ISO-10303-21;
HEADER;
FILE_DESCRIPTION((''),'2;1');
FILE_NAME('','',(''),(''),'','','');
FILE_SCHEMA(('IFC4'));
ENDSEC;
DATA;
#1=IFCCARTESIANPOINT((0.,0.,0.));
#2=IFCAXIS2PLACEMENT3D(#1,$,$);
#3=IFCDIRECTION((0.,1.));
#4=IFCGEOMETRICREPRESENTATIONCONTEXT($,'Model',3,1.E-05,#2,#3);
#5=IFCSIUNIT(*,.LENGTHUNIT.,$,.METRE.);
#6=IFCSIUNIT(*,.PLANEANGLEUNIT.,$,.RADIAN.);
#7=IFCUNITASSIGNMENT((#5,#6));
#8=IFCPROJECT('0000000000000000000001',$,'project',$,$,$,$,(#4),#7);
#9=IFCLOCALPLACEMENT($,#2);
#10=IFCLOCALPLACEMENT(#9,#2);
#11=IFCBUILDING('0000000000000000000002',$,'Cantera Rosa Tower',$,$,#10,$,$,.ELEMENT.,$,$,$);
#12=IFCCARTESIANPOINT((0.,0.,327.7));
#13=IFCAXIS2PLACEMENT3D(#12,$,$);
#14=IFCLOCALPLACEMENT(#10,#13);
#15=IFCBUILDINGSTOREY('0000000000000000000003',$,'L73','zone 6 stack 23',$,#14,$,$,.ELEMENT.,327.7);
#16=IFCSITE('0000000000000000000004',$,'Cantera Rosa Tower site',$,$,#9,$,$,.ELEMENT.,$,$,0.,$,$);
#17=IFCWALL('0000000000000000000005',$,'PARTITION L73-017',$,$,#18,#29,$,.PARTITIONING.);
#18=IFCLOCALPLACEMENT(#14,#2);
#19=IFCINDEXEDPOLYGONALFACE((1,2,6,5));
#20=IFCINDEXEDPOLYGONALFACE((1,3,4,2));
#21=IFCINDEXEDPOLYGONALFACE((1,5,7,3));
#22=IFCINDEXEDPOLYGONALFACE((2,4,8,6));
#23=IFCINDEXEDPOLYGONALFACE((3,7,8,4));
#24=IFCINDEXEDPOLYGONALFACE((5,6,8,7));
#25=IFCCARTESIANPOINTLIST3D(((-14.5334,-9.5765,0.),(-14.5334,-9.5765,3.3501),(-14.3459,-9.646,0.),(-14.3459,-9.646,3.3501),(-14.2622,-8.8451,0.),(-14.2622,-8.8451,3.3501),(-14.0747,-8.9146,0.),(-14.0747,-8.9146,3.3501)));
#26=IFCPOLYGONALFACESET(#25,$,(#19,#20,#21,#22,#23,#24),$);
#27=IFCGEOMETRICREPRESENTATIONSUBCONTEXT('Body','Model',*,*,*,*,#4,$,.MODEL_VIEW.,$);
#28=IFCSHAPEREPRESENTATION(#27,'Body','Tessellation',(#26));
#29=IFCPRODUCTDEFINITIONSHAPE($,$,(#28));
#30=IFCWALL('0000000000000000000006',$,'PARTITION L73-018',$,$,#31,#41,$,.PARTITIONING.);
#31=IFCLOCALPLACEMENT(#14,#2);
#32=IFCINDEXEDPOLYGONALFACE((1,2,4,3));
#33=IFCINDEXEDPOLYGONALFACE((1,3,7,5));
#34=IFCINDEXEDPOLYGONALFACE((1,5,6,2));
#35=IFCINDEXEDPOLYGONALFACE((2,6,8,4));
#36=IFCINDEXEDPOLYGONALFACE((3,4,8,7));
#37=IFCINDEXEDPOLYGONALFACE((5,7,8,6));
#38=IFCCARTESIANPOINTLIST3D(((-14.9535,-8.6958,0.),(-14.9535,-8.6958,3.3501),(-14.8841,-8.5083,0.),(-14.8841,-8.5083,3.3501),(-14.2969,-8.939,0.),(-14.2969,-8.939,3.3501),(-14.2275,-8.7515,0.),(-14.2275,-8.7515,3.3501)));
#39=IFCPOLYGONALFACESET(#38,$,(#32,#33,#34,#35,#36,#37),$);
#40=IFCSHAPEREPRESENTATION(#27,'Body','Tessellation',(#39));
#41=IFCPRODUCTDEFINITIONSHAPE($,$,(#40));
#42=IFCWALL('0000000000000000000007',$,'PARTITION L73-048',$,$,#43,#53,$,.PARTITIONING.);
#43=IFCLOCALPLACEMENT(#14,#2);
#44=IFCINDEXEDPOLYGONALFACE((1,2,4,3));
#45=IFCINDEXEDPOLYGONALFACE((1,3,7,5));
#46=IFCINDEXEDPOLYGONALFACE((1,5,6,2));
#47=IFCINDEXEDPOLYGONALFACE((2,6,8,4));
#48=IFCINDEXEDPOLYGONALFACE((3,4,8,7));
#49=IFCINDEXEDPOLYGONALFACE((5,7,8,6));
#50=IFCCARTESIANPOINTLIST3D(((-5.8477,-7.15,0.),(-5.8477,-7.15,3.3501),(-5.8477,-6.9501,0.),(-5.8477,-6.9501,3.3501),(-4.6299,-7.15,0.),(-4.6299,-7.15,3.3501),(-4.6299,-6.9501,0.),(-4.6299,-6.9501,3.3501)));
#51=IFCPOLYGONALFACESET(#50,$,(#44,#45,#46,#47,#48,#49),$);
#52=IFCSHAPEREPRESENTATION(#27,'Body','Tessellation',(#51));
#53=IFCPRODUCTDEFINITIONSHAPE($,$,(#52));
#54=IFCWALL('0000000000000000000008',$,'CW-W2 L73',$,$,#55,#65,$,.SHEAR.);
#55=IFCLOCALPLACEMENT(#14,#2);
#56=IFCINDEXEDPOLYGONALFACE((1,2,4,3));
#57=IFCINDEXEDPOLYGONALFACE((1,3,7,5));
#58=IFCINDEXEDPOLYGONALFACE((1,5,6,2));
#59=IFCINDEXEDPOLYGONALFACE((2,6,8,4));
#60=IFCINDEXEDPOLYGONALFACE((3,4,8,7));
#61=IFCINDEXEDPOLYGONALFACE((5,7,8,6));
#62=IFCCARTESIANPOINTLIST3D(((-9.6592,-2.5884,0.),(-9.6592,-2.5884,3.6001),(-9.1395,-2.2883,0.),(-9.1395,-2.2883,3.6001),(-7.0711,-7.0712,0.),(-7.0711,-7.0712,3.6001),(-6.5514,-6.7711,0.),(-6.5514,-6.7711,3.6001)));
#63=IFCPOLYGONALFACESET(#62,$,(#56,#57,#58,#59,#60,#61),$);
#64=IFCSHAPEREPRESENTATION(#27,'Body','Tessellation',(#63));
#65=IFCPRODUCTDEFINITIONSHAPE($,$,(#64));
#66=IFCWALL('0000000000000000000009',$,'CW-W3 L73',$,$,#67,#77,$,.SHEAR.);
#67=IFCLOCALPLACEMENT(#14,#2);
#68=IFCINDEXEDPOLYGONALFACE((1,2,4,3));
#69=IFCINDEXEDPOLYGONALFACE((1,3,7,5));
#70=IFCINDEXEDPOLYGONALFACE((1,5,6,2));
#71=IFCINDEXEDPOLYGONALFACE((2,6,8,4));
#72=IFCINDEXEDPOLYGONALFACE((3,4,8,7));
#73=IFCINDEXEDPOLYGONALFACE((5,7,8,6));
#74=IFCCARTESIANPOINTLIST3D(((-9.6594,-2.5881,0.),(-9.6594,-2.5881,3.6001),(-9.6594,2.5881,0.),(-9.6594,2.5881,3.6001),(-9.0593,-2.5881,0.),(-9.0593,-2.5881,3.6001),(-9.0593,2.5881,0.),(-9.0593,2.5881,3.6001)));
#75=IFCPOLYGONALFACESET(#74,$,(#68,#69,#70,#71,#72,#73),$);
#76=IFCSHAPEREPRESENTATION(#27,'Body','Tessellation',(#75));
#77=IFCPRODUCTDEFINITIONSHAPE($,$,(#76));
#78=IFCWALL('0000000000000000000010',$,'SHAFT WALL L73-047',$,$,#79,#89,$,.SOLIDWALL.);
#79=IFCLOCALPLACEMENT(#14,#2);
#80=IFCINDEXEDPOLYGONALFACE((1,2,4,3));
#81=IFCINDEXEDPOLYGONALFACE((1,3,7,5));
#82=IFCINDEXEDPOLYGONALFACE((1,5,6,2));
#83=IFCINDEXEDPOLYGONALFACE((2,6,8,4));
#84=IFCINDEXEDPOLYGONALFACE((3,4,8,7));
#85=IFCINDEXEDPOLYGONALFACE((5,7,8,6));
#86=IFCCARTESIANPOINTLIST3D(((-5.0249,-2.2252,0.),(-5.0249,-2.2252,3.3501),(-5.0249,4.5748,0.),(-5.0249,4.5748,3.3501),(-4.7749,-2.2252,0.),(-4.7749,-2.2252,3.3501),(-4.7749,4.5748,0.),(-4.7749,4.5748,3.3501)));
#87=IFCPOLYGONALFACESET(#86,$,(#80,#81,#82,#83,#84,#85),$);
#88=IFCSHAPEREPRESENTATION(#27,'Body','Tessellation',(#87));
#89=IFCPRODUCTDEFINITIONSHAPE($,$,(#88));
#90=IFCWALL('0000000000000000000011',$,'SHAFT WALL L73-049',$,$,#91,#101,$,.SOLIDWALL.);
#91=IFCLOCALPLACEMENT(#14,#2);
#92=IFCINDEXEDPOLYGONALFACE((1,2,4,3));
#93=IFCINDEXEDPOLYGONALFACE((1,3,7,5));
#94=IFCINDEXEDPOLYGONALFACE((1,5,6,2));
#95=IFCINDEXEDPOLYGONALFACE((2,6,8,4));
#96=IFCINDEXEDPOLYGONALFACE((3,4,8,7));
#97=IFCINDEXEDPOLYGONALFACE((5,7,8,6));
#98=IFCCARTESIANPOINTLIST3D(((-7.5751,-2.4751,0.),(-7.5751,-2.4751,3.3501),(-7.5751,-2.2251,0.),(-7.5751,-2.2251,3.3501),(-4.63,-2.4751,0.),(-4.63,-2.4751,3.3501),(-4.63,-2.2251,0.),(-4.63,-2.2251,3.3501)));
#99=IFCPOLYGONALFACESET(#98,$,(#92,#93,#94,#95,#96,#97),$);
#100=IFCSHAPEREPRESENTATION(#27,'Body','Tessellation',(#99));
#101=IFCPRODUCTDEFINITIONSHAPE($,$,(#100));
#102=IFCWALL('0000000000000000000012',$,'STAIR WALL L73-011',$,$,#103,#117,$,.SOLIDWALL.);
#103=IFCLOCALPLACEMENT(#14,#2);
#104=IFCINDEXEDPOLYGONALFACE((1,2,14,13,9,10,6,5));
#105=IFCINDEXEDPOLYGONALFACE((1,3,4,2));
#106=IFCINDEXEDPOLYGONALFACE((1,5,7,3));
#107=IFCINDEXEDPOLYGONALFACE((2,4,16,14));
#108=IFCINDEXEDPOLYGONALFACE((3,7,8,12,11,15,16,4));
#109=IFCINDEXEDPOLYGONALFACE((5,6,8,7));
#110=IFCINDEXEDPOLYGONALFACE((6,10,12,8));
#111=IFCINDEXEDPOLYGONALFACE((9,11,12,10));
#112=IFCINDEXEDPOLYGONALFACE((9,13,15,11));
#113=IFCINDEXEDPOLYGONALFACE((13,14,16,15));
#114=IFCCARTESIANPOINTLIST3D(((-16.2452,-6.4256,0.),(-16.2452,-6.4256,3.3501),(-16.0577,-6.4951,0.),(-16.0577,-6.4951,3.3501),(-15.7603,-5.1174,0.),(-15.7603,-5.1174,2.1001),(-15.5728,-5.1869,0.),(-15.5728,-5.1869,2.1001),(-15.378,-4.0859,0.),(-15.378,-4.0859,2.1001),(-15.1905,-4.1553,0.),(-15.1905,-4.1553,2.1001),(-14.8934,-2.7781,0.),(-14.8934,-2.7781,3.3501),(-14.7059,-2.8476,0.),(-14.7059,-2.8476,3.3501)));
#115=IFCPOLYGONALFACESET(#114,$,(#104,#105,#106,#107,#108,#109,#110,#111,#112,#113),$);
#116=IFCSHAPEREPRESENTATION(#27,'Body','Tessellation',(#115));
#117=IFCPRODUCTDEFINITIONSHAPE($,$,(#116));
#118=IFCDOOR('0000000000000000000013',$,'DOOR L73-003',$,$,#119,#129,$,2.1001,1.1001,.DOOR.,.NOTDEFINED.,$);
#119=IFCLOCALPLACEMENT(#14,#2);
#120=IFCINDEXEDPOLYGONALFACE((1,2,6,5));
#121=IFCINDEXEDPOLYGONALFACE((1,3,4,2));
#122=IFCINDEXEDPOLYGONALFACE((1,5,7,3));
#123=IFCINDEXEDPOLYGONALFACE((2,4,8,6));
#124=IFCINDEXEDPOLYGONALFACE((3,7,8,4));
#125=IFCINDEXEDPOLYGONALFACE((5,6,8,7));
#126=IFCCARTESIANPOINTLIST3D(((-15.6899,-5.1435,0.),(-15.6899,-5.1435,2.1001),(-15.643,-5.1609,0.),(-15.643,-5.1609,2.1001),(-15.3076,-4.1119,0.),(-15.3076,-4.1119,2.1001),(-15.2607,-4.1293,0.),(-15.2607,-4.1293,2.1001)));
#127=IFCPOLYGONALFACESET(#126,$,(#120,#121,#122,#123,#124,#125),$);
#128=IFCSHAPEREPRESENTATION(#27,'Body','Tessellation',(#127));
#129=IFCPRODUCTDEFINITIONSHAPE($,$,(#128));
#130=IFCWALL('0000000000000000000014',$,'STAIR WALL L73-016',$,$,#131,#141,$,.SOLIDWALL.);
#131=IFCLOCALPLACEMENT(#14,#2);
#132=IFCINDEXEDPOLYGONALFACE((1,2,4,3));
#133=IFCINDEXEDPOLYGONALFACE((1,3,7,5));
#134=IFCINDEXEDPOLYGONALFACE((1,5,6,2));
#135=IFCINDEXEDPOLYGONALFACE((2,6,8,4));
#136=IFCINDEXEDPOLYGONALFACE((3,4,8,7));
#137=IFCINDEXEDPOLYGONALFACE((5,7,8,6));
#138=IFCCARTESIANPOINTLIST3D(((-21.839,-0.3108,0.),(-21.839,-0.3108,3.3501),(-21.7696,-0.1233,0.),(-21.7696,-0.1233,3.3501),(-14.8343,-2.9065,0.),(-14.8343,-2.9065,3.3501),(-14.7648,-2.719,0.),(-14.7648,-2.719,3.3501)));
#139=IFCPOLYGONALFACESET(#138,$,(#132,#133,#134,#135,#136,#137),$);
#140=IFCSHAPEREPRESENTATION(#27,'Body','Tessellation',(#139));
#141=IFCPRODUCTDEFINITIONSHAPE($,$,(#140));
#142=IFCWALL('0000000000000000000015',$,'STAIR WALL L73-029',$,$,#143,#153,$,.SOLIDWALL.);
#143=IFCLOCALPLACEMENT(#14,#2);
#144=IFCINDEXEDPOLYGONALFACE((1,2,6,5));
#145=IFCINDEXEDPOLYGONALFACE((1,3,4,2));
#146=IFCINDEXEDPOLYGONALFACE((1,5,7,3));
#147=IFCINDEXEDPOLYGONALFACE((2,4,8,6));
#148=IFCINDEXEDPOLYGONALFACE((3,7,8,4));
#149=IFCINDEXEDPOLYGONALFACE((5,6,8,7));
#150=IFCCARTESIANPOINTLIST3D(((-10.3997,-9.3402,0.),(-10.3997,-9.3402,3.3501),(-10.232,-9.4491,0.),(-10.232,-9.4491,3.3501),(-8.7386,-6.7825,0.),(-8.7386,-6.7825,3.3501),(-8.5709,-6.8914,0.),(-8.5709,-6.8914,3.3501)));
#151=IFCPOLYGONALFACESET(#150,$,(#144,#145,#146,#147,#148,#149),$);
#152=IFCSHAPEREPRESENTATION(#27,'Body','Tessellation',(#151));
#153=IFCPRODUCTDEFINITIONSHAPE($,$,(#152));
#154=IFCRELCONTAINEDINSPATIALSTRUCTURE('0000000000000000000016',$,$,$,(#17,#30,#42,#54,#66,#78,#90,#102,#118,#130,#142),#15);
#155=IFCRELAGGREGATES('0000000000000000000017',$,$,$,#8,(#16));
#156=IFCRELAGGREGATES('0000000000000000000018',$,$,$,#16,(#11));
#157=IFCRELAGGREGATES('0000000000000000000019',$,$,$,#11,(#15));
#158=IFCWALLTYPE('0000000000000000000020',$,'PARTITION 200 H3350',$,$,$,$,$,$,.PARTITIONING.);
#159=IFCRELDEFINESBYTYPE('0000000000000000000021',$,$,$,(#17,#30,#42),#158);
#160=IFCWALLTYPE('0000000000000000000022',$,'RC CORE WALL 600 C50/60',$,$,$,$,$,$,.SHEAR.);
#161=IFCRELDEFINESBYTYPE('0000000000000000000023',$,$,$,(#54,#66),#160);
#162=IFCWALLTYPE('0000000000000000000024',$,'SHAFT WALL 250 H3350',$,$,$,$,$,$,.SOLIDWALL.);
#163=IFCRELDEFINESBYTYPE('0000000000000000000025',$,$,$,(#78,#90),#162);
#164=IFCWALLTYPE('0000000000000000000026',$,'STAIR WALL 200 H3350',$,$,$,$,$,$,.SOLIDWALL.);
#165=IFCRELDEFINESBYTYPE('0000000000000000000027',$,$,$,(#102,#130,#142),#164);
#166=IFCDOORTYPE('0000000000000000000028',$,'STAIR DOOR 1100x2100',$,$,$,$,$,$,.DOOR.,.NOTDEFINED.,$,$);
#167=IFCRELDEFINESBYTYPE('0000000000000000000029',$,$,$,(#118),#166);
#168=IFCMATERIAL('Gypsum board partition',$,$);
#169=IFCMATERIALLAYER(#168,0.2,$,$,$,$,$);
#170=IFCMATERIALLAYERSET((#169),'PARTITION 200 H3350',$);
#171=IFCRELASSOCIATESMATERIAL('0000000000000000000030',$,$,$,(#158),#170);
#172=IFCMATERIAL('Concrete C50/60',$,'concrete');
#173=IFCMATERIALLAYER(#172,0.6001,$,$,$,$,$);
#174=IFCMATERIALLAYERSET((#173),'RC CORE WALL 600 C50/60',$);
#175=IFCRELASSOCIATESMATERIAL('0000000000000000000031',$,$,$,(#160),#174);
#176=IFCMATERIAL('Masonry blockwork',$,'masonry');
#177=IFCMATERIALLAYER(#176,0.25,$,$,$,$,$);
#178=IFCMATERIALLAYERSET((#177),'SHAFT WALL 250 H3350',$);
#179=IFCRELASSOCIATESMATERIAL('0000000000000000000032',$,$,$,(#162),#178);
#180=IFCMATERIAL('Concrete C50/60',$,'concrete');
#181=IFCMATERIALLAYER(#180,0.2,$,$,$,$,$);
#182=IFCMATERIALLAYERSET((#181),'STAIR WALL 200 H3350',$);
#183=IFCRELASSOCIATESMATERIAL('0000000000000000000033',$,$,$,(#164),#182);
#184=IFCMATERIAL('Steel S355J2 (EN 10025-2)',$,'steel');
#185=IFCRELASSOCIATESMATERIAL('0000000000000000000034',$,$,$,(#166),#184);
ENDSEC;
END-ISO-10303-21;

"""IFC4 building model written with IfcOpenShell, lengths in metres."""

from ifc_helpers import new_model, si_unit, direction, frame, frame_2d, origin, place, context, subcontext, project, spatial, rectangle, extrude, material, layer, layer_set, type_object, element, fill, save


model = new_model("IFC4")

# Units and contexts
model_context = context("Model", 3, precision=1e-05, world=origin(), true_north=direction((0.0, 1.0)))
body_context = subcontext(model_context, "Body", "Model", "MODEL_VIEW")
ifc_project = project(units=[si_unit("LENGTHUNIT", "METRE"), si_unit("PLANEANGLEUNIT", "RADIAN")], contexts=[model_context])

# Site, building, storey
site_placement = place(None, origin())
site = spatial("IfcSite", under=ifc_project, at=site_placement, Name="Cantera Rosa Tower site", CompositionType="ELEMENT", RefElevation=0.0)
building_placement = place(site_placement, origin())
building = spatial("IfcBuilding", under=site, at=building_placement, Name="Cantera Rosa Tower", CompositionType="ELEMENT")
storey_placement = place(building_placement, frame((0.0, 0.0, 327.7)))
storey = spatial("IfcBuildingStorey", under=building, at=storey_placement, Name="L73", Description="zone 6 stack 23", CompositionType="ELEMENT", Elevation=327.7)

# Walls
ifc_material_1 = material(Name="Gypsum board partition")
ifc_layer_1 = layer(ifc_material_1, 0.2)
ifc_layer_set_1 = layer_set([ifc_layer_1], Name="PARTITION 200 H3350")
wall_type_1 = type_object("IfcWallType", Name="PARTITION 200 H3350", PredefinedType="PARTITIONING", material=ifc_layer_set_1)
wall_1_placement = place(storey_placement, frame((-14.4397, -9.6113, 0.0), z_axis=(0.0, 0.0, 1.0), x_axis=(0.347691, 0.937609, 0.0)))
element("IfcWall", 1, at=wall_1_placement, inside=storey, type_object=wall_type_1, Name="PARTITION L73-017", PredefinedType="PARTITIONING", context=body_context, shape_type="SweptSolid", body=[
    extrude(rectangle(XDim=0.78, YDim=0.2, at=frame_2d((0.3901, 0.0))), origin(), (0.0, 0.0, 1.0), 3.3501),
])
wall_2_placement = place(storey_placement, frame((-14.2622, -8.8452, 0.0), z_axis=(0.0, 0.0, 1.0), x_axis=(-0.93774, 0.347337, 0.0)))
element("IfcWall", 2, at=wall_2_placement, inside=storey, type_object=wall_type_1, Name="PARTITION L73-018", PredefinedType="PARTITIONING", context=body_context, shape_type="SweptSolid", body=[
    extrude(rectangle(XDim=0.7002, YDim=0.2, at=frame_2d((0.3501, 0.0))), origin(), (0.0, 0.0, 1.0), 3.3501),
])
wall_3_placement = place(storey_placement, frame((-4.6299, -7.05, 0.0), z_axis=(0.0, 0.0, 1.0), x_axis=(-1.0, 0.0, 0.0)))
element("IfcWall", 3, at=wall_3_placement, inside=storey, type_object=wall_type_1, Name="PARTITION L73-048", PredefinedType="PARTITIONING", context=body_context, shape_type="SweptSolid", body=[
    extrude(rectangle(XDim=1.2178, YDim=0.2, at=frame_2d((0.6089, 0.0))), origin(), (0.0, 0.0, 1.0), 3.3501),
])
ifc_material_2 = material(Name="Concrete C50/60", Category="concrete")
ifc_layer_2 = layer(ifc_material_2, 0.6001)
ifc_layer_set_2 = layer_set([ifc_layer_2], Name="RC CORE WALL 600 C50/60")
wall_type_2 = type_object("IfcWallType", Name="RC CORE WALL 600 C50/60", PredefinedType="SHEAR", material=ifc_layer_set_2)
for number, where, z_axis, x_axis, name in (
    (4, (-6.8113, -6.9211, 0.0), (0.0, 0.0, 1.0), (-0.499989, 0.866032, 0.0), "CW-W2 L73"),
    (5, (-9.3594, -2.5881, 0.0), (0.0, 0.0, 1.0), (0.0, 1.0, 0.0), "CW-W3 L73"),
):
    element("IfcWall", number, at=place(storey_placement, frame(where, z_axis=z_axis, x_axis=x_axis)), inside=storey, type_object=wall_type_2, Name=name, PredefinedType="SHEAR", context=body_context, shape_type="SweptSolid", body=[
        extrude(rectangle(XDim=5.1763, YDim=0.6001, at=frame_2d((2.5881, 0.0))), origin(), (0.0, 0.0, 1.0), 3.6001),
    ])
ifc_material_3 = material(Name="Masonry blockwork", Category="masonry")
ifc_layer_3 = layer(ifc_material_3, 0.25)
ifc_layer_set_3 = layer_set([ifc_layer_3], Name="SHAFT WALL 250 H3350")
wall_type_3 = type_object("IfcWallType", Name="SHAFT WALL 250 H3350", PredefinedType="SOLIDWALL", material=ifc_layer_set_3)
wall_4_placement = place(storey_placement, frame((-4.8999, -2.2251, 0.0), z_axis=(0.0, 0.0, 1.0), x_axis=(0.0, 1.0, 0.0)))
element("IfcWall", 6, at=wall_4_placement, inside=storey, type_object=wall_type_3, Name="SHAFT WALL L73-047", PredefinedType="SOLIDWALL", context=body_context, shape_type="SweptSolid", body=[
    extrude(rectangle(XDim=6.8, YDim=0.25, at=frame_2d((3.3999, 0.0))), origin(), (0.0, 0.0, 1.0), 3.3501),
])
wall_5_placement = place(storey_placement, frame((-4.6299, -2.3501, 0.0), z_axis=(0.0, 0.0, 1.0), x_axis=(-1.0, 0.0, 0.0)))
element("IfcWall", 7, at=wall_5_placement, inside=storey, type_object=wall_type_3, Name="SHAFT WALL L73-049", PredefinedType="SOLIDWALL", context=body_context, shape_type="SweptSolid", body=[
    extrude(rectangle(XDim=2.9451, YDim=0.25, at=frame_2d((1.4727, 0.0))), origin(), (0.0, 0.0, 1.0), 3.3501),
])

# Wall, opening, door
ifc_material_4 = material(Name="Concrete C50/60", Category="concrete")
ifc_layer_4 = layer(ifc_material_4, 0.2)
ifc_layer_set_4 = layer_set([ifc_layer_4], Name="STAIR WALL 200 H3350")
wall_type_4 = type_object("IfcWallType", Name="STAIR WALL 200 H3350", PredefinedType="SOLIDWALL", material=ifc_layer_set_4)
wall_6_placement = place(storey_placement, frame((-16.1514, -6.4602, 0.0), z_axis=(0.0, 0.0, 1.0), x_axis=(0.347517, 0.937674, 0.0)))
wall_6 = element("IfcWall", 8, at=wall_6_placement, inside=storey, type_object=wall_type_4, Name="STAIR WALL L73-011", PredefinedType="SOLIDWALL", context=body_context, shape_type="SweptSolid", body=[
    extrude(rectangle(XDim=3.8899, YDim=0.2, at=frame_2d((1.9448, 0.0))), origin(), (0.0, 0.0, 1.0), 3.3501),
])
opening_1_placement = place(wall_6_placement, frame((1.395, 0.0, 0.0)))
opening_1 = element("IfcOpeningElement", 9, at=opening_1_placement, cuts=wall_6, PredefinedType="OPENING", context=body_context, shape_type="SweptSolid", body=[
    extrude(rectangle(XDim=1.1001, YDim=2.1001, at=frame_2d((0.55, 1.05))), frame((0.0, 0.1099, 0.0), z_axis=(0.0, -1.0, 0.0), x_axis=(1.0, 0.0, 0.0)), (0.0, 0.0, 1.0), 0.22),
])
ifc_material_5 = material(Name="Steel S355J2 (EN 10025-2)", Category="steel")
door_type_1 = type_object("IfcDoorType", Name="STAIR DOOR 1100x2100", OperationType="NOTDEFINED", PredefinedType="DOOR", material=ifc_material_5)
door_1_placement = place(opening_1_placement, origin())
door_1 = element("IfcDoor", 10, at=door_1_placement, inside=storey, type_object=door_type_1, Name="DOOR L73-003", OperationType="NOTDEFINED", OverallHeight=2.1001, OverallWidth=1.1001, PredefinedType="DOOR", context=body_context, shape_type="SweptSolid", body=[
    extrude(rectangle(XDim=1.1001, YDim=2.1001, at=frame_2d((0.55, 1.05))), frame((0.0, 0.0249, 0.0), z_axis=(0.0, -1.0, 0.0), x_axis=(1.0, 0.0, 0.0)), (0.0, 0.0, 1.0), 0.05),
])
fill(opening_1, door_1)

# Walls
wall_7_placement = place(storey_placement, frame((-14.7996, -2.8127, 0.0), z_axis=(0.0, 0.0, 1.0), x_axis=(-0.937688, 0.347478, 0.0)))
element("IfcWall", 11, at=wall_7_placement, inside=storey, type_object=wall_type_4, Name="STAIR WALL L73-016", PredefinedType="SOLIDWALL", context=body_context, shape_type="SweptSolid", body=[
    extrude(rectangle(XDim=7.4702, YDim=0.2, at=frame_2d((3.7351, 0.0))), origin(), (0.0, 0.0, 1.0), 3.3501),
])
wall_8_placement = place(storey_placement, frame((-8.6548, -6.8369, 0.0), z_axis=(0.0, 0.0, 1.0), x_axis=(-0.544648, -0.838665, 0.0)))
element("IfcWall", 12, at=wall_8_placement, inside=storey, type_object=wall_type_4, Name="STAIR WALL L73-029", PredefinedType="SOLIDWALL", context=body_context, shape_type="SweptSolid", body=[
    extrude(rectangle(XDim=3.0498, YDim=0.2, at=frame_2d((1.5249, 0.0))), origin(), (0.0, 0.0, 1.0), 3.3501),
])

save(model, "model.ifc")
